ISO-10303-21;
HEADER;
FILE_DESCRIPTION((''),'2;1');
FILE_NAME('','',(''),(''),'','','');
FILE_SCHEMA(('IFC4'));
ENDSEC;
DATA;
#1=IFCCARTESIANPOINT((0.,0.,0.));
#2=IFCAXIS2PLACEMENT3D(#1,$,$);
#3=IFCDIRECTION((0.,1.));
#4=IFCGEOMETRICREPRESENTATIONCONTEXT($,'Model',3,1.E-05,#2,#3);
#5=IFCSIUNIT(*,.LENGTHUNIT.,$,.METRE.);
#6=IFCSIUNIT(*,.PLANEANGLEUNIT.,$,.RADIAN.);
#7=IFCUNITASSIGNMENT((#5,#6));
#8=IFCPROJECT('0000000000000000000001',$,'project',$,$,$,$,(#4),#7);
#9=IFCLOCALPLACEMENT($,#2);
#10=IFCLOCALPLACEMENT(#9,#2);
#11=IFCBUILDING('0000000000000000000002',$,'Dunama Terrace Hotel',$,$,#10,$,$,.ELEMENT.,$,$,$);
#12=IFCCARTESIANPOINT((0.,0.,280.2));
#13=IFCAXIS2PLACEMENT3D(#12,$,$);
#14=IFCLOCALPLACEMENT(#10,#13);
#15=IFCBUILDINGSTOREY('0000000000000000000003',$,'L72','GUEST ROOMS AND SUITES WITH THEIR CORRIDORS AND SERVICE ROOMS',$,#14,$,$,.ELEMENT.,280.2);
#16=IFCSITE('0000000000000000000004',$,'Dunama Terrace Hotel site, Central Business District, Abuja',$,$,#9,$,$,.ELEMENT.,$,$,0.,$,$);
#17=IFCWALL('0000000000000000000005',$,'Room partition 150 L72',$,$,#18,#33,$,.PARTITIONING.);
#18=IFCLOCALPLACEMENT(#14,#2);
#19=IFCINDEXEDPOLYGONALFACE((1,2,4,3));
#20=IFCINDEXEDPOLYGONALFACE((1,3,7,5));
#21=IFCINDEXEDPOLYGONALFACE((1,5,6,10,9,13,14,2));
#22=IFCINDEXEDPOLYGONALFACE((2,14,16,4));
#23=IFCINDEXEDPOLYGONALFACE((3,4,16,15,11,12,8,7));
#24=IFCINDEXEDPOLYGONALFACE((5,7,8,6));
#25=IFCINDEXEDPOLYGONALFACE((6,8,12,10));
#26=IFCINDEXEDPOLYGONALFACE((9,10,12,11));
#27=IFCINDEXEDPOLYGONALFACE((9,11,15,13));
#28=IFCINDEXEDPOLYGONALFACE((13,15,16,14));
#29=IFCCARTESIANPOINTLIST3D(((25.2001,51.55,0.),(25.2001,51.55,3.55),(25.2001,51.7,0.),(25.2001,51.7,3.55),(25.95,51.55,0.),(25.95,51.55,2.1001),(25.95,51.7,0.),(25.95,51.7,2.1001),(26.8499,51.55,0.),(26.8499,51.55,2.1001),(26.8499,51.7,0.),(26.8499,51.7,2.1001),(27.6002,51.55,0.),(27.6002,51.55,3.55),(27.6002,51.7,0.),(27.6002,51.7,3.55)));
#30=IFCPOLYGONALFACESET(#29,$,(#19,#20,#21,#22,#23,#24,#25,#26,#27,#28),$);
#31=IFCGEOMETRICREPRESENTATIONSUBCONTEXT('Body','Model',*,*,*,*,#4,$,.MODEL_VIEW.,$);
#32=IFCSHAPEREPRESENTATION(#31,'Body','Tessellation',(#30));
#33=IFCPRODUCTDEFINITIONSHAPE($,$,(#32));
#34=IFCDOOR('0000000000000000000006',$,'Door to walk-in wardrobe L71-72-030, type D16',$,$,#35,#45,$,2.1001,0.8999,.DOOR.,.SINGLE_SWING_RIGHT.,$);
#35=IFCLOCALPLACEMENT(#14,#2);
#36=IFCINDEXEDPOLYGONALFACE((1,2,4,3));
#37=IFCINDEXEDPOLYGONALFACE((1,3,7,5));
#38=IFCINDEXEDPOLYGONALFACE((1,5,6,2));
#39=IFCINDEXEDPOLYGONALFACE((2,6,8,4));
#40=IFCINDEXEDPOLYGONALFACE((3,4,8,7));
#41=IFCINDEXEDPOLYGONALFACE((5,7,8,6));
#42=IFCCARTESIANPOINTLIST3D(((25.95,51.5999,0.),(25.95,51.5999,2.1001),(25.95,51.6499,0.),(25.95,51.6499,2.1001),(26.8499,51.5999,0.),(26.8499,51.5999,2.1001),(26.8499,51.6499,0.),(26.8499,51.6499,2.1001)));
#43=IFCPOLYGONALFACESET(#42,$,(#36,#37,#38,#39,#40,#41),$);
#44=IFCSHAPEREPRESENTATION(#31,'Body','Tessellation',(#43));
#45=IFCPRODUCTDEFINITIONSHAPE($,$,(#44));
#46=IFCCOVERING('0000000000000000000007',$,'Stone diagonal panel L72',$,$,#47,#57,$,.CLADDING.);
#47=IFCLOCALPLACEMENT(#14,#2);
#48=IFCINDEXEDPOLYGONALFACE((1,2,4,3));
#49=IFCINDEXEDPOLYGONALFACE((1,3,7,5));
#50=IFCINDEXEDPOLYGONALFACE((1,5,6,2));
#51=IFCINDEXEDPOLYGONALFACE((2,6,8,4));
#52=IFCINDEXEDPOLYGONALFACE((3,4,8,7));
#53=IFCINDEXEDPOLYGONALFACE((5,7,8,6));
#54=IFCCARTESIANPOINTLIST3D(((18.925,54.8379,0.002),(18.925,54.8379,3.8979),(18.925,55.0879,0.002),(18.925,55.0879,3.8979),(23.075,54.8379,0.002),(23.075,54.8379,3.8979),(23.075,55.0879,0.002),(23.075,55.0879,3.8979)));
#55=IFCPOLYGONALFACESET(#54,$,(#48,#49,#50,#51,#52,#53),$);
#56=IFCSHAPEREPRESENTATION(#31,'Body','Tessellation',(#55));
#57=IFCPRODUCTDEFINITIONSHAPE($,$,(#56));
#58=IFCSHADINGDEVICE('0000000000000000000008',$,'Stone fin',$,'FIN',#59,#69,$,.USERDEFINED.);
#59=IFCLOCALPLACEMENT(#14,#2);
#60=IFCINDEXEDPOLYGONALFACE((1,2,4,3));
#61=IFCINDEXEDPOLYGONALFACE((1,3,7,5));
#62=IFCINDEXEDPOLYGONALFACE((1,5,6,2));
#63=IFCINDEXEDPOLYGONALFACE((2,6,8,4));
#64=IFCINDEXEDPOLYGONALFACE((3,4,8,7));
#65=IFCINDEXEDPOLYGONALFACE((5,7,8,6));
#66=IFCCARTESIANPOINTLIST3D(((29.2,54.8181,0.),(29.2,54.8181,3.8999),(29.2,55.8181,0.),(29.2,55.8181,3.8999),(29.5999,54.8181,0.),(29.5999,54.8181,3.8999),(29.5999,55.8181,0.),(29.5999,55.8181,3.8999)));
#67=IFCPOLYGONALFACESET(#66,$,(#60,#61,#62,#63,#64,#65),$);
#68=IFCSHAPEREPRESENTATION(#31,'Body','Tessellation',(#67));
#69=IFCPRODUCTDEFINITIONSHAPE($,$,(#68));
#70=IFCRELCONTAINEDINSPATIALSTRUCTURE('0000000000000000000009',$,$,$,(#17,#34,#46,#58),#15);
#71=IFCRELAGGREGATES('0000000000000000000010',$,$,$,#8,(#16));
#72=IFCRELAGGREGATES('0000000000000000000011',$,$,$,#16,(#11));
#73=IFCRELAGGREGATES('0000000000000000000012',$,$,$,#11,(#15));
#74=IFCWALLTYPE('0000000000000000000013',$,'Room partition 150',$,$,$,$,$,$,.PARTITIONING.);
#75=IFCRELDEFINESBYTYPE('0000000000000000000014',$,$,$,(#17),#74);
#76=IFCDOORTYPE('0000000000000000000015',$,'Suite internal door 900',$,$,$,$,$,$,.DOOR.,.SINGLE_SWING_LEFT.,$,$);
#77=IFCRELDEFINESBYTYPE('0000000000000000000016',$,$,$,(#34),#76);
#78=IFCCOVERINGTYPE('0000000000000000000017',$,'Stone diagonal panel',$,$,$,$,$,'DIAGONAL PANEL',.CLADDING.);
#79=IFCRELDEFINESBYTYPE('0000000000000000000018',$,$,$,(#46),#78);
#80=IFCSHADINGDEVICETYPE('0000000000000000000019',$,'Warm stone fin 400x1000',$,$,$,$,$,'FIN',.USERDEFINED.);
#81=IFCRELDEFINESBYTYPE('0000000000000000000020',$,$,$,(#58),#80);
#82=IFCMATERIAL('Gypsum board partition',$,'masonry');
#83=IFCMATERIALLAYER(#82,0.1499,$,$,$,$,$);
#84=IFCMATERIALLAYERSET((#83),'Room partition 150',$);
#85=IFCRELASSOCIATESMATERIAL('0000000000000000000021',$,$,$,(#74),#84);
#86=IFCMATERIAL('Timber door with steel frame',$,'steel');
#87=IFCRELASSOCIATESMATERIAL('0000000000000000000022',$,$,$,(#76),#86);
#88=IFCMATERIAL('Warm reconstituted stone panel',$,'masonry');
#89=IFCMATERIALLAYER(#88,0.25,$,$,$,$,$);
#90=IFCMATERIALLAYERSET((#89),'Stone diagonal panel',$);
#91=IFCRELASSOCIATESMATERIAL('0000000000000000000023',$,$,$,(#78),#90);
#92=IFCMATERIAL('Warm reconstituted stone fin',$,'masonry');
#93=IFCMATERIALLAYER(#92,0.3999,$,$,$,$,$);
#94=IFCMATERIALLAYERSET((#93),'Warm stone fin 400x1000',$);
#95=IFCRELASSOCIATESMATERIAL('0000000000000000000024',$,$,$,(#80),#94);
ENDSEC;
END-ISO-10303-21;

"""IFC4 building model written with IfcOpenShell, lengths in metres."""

from ifc_helpers import new_model, si_unit, direction, frame, frame_2d, origin, origin_2d, place, context, subcontext, project, spatial, rectangle, extrude, material, layer, layer_set, type_object, element, fill, save


model = new_model("IFC4")

# Units and contexts
model_context = context("Model", 3, precision=1e-05, world=origin(), true_north=direction((0.0, 1.0)))
body_context = subcontext(model_context, "Body", "Model", "MODEL_VIEW")
ifc_project = project(units=[si_unit("LENGTHUNIT", "METRE"), si_unit("PLANEANGLEUNIT", "RADIAN")], contexts=[model_context])

# Site, building, storey
site_placement = place(None, origin())
site = spatial("IfcSite", under=ifc_project, at=site_placement, Name="Dunama Terrace Hotel site, Central Business District, Abuja", CompositionType="ELEMENT", RefElevation=0.0)
building_placement = place(site_placement, origin())
building = spatial("IfcBuilding", under=site, at=building_placement, Name="Dunama Terrace Hotel", CompositionType="ELEMENT")
storey_placement = place(building_placement, frame((0.0, 0.0, 280.2)))
storey = spatial("IfcBuildingStorey", under=building, at=storey_placement, Name="L72", Description="GUEST ROOMS AND SUITES WITH THEIR CORRIDORS AND SERVICE ROOMS", CompositionType="ELEMENT", Elevation=280.2)

# Shared definitions
ifc_material_1 = material(Name="Gypsum board partition", Category="masonry")
ifc_layer_1 = layer(ifc_material_1, 0.1499)
ifc_layer_set_1 = layer_set([ifc_layer_1], Name="Room partition 150")
wall_type_1 = type_object("IfcWallType", Name="Room partition 150", PredefinedType="PARTITIONING", material=ifc_layer_set_1)
ifc_material_2 = material(Name="Timber door with steel frame", Category="steel")
door_type_1 = type_object("IfcDoorType", Name="Suite internal door 900", OperationType="SINGLE_SWING_LEFT", PredefinedType="DOOR", material=ifc_material_2)

# Wall, opening, door
wall_1_placement = place(storey_placement, frame((25.2, 51.625, 0.0), z_axis=(0.0, 0.0, 1.0), x_axis=(1.0, 0.0, 0.0)))
wall_1 = element("IfcWall", 1, at=wall_1_placement, inside=storey, type_object=wall_type_1, Name="Room partition 150 L72", PredefinedType="PARTITIONING", context=body_context, shape_type="SweptSolid", body=[
    extrude(rectangle(XDim=2.4001, YDim=0.1499, at=frame_2d((1.2002, 0.0))), origin(), (0.0, 0.0, 1.0), 3.55),
])
opening_1_placement = place(wall_1_placement, frame((0.75, 0.0, 0.0)))
opening_1 = element("IfcOpeningElement", 2, at=opening_1_placement, cuts=wall_1, PredefinedType="OPENING", context=body_context, shape_type="SweptSolid", body=[
    extrude(rectangle(XDim=0.8999, YDim=2.1001, at=frame_2d((0.45, 1.05))), frame((0.0, 0.085, 0.0), z_axis=(0.0, -1.0, 0.0), x_axis=(1.0, 0.0, 0.0)), (0.0, 0.0, 1.0), 0.1699),
])
door_1_placement = place(opening_1_placement, frame((0.8999, 0.0, 0.0), z_axis=(0.0, 0.0, 1.0), x_axis=(-1.0, 0.0, 0.0)))
door_1 = element("IfcDoor", 3, at=door_1_placement, inside=storey, type_object=door_type_1, Name="Door to walk-in wardrobe L71-72-030, type D16", OperationType="SINGLE_SWING_RIGHT", OverallHeight=2.1001, OverallWidth=0.8999, PredefinedType="DOOR", context=body_context, shape_type="SweptSolid", body=[
    extrude(rectangle(XDim=0.8999, YDim=2.1001, at=frame_2d((0.45, 1.05))), frame((0.0, 0.0251, 0.0), z_axis=(0.0, -1.0, 0.0), x_axis=(1.0, 0.0, 0.0)), (0.0, 0.0, 1.0), 0.05),
])
fill(opening_1, door_1)

# Covering
ifc_material_3 = material(Name="Warm reconstituted stone panel", Category="masonry")
ifc_layer_2 = layer(ifc_material_3, 0.25)
ifc_layer_set_2 = layer_set([ifc_layer_2], Name="Stone diagonal panel")
covering_type = type_object("IfcCoveringType", Name="Stone diagonal panel", ElementType="DIAGONAL PANEL", PredefinedType="CLADDING", material=ifc_layer_set_2)
covering_placement = place(storey_placement, frame((21.0, 54.9629, 0.002), z_axis=(0.0, 0.0, 1.0), x_axis=(-1.0, 0.0, 0.0)))
element("IfcCovering", 4, at=covering_placement, inside=storey, type_object=covering_type, Name="Stone diagonal panel L72", PredefinedType="CLADDING", context=body_context, shape_type="SweptSolid", body=[
    extrude(rectangle(XDim=4.1499, YDim=0.25, at=origin_2d()), origin(), (0.0, 0.0, 1.0), 3.896),
])

# Shading device
ifc_material_4 = material(Name="Warm reconstituted stone fin", Category="masonry")
ifc_layer_3 = layer(ifc_material_4, 0.3999)
ifc_layer_set_3 = layer_set([ifc_layer_3], Name="Warm stone fin 400x1000")
shading_device_type = type_object("IfcShadingDeviceType", Name="Warm stone fin 400x1000", ElementType="FIN", PredefinedType="USERDEFINED", material=ifc_layer_set_3)
shading_device_placement = place(storey_placement, frame((29.3999, 55.3181, 0.0), z_axis=(0.0, 0.0, 1.0), x_axis=(-1.0, 0.0, 0.0)))
element("IfcShadingDevice", 5, at=shading_device_placement, inside=storey, type_object=shading_device_type, Name="Stone fin", ObjectType="FIN", PredefinedType="USERDEFINED", context=body_context, shape_type="SweptSolid", body=[
    extrude(rectangle(XDim=0.3999, YDim=1.0, at=origin_2d()), origin(), (0.0, 0.0, 1.0), 3.8999),
])

save(model, "model.ifc")
